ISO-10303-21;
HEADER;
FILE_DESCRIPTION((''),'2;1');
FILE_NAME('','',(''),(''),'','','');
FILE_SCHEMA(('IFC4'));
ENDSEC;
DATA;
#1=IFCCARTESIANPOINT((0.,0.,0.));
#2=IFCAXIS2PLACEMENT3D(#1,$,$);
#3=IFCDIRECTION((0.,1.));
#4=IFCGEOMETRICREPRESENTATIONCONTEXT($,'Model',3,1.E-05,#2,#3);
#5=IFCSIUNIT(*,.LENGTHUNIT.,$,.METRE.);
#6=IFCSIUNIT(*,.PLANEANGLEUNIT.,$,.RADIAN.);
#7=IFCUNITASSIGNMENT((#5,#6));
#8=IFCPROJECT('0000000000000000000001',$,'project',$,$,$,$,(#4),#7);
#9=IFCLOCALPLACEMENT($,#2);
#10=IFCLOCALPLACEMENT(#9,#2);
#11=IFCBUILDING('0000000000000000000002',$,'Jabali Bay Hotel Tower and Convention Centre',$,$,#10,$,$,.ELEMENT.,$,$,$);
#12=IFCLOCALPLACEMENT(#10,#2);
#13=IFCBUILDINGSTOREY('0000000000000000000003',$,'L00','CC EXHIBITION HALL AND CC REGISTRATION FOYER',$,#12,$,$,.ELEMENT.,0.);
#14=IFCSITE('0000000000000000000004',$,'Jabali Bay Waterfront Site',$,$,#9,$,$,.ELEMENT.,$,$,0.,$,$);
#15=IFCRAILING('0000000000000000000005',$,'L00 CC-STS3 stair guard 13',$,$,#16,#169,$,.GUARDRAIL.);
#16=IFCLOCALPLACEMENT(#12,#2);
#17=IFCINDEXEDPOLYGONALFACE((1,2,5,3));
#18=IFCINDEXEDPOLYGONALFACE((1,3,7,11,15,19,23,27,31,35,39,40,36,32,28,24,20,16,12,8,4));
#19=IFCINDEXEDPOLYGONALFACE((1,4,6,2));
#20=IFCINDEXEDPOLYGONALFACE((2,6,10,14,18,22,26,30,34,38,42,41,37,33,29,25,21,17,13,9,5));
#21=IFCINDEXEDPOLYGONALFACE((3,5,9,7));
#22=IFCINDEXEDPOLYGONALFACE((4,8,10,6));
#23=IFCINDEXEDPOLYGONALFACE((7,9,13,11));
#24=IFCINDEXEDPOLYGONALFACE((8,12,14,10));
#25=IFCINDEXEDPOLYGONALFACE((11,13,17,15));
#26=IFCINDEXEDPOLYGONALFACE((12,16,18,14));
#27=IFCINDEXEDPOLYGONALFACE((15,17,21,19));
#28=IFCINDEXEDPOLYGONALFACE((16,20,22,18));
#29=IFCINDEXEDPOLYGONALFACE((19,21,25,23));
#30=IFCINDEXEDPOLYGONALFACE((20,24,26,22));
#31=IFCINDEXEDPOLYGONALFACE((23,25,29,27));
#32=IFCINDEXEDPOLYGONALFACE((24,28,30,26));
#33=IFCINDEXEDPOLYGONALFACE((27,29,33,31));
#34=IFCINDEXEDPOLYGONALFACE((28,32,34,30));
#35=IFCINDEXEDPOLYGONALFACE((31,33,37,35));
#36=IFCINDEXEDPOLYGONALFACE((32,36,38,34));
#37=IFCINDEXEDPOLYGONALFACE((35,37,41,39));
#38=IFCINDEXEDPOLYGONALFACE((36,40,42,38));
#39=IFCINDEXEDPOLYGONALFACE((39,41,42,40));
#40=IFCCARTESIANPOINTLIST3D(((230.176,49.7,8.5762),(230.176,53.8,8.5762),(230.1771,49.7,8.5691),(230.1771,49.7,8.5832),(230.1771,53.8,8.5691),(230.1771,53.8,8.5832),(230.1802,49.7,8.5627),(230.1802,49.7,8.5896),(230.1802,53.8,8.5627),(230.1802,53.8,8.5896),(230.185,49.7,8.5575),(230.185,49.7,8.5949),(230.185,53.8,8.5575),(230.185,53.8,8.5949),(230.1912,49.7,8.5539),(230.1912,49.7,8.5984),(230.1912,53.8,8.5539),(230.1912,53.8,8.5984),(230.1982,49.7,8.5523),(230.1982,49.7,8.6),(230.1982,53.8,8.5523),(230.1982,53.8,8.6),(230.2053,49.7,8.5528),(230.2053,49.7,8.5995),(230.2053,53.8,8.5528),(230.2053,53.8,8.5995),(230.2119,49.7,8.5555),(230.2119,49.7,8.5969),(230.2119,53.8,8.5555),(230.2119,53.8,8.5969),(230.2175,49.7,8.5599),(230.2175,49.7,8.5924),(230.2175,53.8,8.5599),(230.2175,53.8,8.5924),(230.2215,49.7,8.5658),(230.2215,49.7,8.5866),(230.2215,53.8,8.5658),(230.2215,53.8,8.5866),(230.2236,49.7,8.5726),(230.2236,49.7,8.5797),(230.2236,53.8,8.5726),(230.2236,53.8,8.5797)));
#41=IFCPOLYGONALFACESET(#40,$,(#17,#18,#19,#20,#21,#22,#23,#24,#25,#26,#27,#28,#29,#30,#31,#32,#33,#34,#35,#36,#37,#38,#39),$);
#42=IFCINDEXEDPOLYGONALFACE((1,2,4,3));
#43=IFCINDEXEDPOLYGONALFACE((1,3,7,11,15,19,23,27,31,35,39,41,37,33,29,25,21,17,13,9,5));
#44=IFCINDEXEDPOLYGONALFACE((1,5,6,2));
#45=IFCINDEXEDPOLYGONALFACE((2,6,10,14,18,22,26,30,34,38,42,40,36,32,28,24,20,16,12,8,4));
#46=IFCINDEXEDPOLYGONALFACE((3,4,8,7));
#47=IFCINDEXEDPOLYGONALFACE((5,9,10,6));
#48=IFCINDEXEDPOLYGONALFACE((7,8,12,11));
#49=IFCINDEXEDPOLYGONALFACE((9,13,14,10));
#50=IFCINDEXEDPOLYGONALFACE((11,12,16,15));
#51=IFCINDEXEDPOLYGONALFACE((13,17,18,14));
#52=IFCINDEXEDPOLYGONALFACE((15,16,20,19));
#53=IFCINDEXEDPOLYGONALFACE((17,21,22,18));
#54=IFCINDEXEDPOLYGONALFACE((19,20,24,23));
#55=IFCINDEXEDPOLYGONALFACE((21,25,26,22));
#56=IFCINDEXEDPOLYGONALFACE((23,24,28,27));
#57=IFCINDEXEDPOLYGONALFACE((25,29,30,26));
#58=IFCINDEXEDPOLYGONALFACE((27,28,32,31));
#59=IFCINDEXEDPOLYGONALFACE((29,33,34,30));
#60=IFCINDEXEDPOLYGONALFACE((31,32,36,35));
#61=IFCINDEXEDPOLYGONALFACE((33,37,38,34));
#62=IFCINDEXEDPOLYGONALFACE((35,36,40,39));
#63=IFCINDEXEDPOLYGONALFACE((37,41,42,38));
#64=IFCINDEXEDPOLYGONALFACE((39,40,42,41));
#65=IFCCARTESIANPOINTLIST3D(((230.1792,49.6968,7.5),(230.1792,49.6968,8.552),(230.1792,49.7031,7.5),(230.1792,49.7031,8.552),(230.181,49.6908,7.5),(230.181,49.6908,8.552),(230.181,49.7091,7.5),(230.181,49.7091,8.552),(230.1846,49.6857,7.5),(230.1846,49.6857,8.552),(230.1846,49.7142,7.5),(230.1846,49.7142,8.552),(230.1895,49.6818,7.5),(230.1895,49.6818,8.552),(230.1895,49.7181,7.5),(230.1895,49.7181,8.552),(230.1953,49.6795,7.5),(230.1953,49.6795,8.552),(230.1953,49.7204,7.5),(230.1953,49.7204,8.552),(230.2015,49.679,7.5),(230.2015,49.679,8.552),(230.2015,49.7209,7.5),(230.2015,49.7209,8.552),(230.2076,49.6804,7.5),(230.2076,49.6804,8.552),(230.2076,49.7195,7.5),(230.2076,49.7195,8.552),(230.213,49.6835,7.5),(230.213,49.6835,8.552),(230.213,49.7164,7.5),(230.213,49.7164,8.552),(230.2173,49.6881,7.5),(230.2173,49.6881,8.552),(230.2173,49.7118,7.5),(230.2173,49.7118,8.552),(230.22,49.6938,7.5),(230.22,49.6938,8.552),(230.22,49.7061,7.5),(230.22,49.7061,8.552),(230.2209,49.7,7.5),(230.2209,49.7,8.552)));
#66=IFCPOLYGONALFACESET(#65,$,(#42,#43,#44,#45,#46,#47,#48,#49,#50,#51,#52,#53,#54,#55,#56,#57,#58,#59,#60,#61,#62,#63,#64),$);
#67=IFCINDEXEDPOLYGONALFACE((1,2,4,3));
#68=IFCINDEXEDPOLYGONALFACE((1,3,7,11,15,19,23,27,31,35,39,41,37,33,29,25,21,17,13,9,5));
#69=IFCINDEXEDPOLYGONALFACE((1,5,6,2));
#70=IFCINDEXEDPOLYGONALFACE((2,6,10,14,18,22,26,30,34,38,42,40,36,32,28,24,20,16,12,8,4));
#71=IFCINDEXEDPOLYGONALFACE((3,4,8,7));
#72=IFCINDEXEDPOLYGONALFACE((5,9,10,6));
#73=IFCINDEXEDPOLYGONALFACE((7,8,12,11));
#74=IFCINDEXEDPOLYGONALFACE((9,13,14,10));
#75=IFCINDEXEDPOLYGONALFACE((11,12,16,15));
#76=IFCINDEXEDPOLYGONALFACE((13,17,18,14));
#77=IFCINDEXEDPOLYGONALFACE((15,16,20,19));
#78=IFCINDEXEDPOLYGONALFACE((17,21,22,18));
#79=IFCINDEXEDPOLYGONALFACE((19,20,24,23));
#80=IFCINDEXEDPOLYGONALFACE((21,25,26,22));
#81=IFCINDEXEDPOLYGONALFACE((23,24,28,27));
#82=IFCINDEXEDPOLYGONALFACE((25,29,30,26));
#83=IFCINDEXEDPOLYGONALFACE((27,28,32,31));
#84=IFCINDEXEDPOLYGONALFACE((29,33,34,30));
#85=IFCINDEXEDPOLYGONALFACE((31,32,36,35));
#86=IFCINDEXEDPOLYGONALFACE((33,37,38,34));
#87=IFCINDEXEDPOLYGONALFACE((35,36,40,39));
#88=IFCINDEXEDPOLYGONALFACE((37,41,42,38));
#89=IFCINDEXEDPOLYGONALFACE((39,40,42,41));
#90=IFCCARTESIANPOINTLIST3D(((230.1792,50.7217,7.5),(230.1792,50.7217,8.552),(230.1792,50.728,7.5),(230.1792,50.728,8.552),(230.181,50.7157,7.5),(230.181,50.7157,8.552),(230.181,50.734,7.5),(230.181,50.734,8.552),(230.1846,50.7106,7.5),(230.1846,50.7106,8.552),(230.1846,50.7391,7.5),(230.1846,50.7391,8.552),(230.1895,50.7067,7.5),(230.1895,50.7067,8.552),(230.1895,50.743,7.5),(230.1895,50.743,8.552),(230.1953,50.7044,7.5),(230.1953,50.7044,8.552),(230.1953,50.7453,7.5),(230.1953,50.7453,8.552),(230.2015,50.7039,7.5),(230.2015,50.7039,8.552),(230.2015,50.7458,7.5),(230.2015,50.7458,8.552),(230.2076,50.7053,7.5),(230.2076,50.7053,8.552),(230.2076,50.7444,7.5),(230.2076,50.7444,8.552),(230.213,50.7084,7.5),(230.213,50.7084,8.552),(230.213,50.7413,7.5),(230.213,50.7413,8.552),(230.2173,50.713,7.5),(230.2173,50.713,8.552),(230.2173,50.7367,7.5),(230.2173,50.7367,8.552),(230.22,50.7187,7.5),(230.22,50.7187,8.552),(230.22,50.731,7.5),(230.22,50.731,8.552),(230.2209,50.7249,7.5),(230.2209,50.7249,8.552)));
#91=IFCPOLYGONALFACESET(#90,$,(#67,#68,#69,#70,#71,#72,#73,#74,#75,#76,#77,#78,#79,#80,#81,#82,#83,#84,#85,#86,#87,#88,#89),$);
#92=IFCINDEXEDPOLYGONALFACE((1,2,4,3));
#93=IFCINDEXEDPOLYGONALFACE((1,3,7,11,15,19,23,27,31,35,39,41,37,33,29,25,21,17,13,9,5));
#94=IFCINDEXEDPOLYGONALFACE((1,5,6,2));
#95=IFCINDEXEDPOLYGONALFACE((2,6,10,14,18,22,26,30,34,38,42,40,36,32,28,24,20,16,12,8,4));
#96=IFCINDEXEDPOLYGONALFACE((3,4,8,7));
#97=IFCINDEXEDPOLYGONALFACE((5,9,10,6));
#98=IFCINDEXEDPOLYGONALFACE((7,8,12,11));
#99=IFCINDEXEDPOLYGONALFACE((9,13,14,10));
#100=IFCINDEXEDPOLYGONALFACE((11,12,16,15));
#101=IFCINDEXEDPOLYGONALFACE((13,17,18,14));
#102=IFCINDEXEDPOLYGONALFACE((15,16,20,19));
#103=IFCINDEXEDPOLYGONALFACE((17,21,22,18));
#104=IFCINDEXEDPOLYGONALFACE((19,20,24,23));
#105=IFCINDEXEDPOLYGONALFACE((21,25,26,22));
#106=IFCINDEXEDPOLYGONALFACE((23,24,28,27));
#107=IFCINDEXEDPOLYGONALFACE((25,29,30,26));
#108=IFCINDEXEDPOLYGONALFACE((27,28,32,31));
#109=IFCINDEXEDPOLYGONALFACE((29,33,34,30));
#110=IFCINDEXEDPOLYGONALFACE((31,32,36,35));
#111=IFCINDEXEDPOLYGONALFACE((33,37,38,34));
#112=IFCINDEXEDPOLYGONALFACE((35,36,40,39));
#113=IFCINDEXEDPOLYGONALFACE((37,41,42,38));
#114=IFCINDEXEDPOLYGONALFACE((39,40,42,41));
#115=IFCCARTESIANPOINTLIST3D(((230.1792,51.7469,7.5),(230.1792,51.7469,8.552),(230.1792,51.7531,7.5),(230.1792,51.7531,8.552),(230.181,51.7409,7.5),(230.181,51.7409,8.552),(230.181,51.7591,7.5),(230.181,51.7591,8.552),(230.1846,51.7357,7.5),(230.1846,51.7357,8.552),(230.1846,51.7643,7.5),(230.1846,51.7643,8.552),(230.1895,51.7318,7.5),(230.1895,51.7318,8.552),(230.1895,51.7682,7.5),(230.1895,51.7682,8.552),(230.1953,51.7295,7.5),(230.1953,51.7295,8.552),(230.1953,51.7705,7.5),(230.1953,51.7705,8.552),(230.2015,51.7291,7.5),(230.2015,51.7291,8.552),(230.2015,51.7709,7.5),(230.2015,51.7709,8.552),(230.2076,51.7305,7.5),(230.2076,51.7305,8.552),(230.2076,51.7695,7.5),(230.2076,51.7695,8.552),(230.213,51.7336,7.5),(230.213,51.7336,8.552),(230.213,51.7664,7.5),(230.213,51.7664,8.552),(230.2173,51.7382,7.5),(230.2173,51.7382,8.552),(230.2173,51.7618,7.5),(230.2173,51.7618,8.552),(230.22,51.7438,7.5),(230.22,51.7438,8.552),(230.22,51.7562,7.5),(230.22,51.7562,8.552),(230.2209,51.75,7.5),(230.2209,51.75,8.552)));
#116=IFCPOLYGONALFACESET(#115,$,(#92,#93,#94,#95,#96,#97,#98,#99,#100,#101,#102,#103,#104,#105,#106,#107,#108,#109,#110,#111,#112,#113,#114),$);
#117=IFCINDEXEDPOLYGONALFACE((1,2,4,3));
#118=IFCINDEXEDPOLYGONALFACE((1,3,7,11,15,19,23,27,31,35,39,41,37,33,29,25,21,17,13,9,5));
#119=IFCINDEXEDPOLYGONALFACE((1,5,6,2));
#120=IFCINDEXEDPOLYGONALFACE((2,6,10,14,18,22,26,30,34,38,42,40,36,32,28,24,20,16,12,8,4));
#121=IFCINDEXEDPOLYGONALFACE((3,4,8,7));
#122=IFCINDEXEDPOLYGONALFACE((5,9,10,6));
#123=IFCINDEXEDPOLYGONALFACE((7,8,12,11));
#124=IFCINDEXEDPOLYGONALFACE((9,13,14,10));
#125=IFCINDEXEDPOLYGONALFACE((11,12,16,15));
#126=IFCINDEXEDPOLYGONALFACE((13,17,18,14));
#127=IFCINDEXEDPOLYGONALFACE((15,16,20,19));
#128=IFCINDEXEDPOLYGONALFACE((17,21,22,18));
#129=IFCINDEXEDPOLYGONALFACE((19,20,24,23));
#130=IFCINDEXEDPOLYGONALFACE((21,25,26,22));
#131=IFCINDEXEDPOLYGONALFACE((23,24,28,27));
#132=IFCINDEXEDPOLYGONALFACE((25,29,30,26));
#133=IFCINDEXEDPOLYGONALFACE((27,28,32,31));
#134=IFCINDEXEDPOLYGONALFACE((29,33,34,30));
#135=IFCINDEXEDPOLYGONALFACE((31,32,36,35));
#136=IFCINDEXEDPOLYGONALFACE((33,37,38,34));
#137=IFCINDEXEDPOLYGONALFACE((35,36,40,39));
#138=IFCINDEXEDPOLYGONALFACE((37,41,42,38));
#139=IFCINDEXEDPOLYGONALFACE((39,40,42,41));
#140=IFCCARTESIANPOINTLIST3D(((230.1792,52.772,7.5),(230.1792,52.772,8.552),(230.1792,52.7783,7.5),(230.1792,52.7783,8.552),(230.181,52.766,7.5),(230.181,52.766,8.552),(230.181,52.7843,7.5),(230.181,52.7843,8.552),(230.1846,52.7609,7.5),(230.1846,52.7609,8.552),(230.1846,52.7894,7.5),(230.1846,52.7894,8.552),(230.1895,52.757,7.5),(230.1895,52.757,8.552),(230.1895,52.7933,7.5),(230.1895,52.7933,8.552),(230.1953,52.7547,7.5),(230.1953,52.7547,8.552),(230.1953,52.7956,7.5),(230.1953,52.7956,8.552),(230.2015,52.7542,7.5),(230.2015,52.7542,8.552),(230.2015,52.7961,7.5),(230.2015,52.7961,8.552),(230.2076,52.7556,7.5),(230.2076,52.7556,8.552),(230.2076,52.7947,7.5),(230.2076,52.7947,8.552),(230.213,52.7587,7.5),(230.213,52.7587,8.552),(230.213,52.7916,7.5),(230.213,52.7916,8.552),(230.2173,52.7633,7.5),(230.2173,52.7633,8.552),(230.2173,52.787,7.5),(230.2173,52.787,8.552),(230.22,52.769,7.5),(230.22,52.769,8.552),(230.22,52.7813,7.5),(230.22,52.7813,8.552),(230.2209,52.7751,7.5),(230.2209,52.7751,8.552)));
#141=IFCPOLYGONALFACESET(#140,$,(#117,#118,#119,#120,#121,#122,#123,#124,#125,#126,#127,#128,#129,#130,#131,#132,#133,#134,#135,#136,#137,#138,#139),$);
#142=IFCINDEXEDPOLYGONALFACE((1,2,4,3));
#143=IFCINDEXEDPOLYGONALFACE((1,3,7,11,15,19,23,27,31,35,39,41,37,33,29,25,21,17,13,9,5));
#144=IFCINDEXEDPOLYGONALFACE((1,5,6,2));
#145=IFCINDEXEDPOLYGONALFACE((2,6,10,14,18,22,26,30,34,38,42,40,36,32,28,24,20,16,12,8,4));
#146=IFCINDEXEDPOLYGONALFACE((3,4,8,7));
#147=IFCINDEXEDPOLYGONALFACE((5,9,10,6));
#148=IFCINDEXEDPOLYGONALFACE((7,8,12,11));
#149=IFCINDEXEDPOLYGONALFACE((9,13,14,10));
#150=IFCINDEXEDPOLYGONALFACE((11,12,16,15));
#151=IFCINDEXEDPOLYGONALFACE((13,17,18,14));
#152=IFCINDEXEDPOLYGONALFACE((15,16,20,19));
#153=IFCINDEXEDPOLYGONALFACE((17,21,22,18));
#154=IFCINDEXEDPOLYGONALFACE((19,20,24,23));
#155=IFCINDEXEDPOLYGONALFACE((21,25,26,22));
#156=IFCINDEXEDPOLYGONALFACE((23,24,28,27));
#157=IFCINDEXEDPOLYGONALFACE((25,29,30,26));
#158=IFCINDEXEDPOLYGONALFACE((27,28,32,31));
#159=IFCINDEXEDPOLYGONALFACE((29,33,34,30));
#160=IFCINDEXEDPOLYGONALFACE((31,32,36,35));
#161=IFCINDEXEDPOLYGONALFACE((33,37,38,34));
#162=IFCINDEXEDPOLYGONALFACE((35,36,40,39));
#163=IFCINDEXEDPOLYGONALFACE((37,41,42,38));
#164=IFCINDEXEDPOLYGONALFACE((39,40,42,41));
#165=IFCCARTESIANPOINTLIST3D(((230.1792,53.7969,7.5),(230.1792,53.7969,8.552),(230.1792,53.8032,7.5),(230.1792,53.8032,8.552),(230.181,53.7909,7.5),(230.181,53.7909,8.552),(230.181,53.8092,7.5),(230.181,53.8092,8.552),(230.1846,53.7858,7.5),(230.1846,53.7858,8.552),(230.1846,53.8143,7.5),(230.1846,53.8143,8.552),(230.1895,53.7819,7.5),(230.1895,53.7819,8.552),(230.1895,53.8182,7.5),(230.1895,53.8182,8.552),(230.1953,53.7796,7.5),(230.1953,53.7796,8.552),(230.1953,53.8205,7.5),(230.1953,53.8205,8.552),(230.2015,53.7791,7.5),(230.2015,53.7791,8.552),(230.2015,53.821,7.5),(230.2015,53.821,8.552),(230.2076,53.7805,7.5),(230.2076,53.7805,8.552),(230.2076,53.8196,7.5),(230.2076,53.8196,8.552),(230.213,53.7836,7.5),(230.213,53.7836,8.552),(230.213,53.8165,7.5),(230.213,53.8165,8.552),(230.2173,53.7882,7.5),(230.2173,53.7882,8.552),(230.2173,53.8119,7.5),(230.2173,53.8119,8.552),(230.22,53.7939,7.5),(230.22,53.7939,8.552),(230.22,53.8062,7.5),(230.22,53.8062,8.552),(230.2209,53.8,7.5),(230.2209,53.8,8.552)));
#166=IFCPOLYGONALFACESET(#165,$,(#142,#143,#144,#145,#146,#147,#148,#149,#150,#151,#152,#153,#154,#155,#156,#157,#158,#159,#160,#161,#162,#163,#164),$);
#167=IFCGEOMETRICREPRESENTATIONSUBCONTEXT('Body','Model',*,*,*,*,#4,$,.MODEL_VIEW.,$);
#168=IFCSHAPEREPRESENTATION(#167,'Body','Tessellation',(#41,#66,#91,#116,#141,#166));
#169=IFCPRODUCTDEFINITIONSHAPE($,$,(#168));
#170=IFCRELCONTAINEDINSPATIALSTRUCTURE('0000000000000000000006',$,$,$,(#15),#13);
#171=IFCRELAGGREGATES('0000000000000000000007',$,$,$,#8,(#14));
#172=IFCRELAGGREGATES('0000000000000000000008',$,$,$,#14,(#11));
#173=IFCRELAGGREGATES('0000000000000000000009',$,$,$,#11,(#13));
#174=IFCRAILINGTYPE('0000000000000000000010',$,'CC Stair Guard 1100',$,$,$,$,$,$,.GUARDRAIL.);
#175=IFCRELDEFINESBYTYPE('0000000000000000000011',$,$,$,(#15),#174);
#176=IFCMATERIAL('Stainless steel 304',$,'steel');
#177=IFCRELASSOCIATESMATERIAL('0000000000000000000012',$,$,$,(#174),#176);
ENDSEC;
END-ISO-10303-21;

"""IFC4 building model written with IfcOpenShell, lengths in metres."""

from ifc_helpers import new_model, si_unit, direction, frame, origin, origin_2d, place, context, subcontext, project, spatial, circle, extrude, material, type_object, element, save


model = new_model("IFC4")

# Units and contexts
model_context = context("Model", 3, precision=1e-05, world=origin(), true_north=direction((0.0, 1.0)))
body_context = subcontext(model_context, "Body", "Model", "MODEL_VIEW")
ifc_project = project(units=[si_unit("LENGTHUNIT", "METRE"), si_unit("PLANEANGLEUNIT", "RADIAN")], contexts=[model_context])

# Site, building, storey
site_placement = place(None, origin())
site = spatial("IfcSite", under=ifc_project, at=site_placement, Name="Jabali Bay Waterfront Site", CompositionType="ELEMENT", RefElevation=0.0)
building_placement = place(site_placement, origin())
building = spatial("IfcBuilding", under=site, at=building_placement, Name="Jabali Bay Hotel Tower and Convention Centre", CompositionType="ELEMENT")
storey_placement = place(building_placement, origin())
storey = spatial("IfcBuildingStorey", under=building, at=storey_placement, Name="L00", Description="CC EXHIBITION HALL AND CC REGISTRATION FOYER", CompositionType="ELEMENT", Elevation=0.0)

# Railing
ifc_material_1 = material(Name="Stainless steel 304", Category="steel")
railing_type = type_object("IfcRailingType", Name="CC Stair Guard 1100", PredefinedType="GUARDRAIL", material=ifc_material_1)
for number, where, name in (
    (1, (230.2, 49.7, 7.5), "L00 CC-STS3 stair guard 13"),
):
    element("IfcRailing", number, at=place(storey_placement, frame(where)), inside=storey, type_object=railing_type, Name=name, PredefinedType="GUARDRAIL", context=body_context, shape_type="SweptSolid", body=[
        extrude(circle(Radius=0.0239, at=origin_2d()), frame((0.0, 0.0, 1.0762), z_axis=(0.0, 1.0, 0.0), x_axis=(-1.0, 0.0, 0.0)), (0.0, 0.0, 1.0), 4.1001),
        extrude(circle(Radius=0.021, at=origin_2d()), origin(), (0.0, 0.0, 1.0), 1.052),
        extrude(circle(Radius=0.021, at=origin_2d()), frame((0.0, 1.0249, 0.0)), (0.0, 0.0, 1.0), 1.052),
        extrude(circle(Radius=0.021, at=origin_2d()), frame((0.0, 2.05, 0.0)), (0.0, 0.0, 1.0), 1.052),
        extrude(circle(Radius=0.021, at=origin_2d()), frame((0.0, 3.0752, 0.0)), (0.0, 0.0, 1.0), 1.052),
        extrude(circle(Radius=0.021, at=origin_2d()), frame((0.0, 4.1001, 0.0)), (0.0, 0.0, 1.0), 1.052),
    ])

save(model, "model.ifc")
